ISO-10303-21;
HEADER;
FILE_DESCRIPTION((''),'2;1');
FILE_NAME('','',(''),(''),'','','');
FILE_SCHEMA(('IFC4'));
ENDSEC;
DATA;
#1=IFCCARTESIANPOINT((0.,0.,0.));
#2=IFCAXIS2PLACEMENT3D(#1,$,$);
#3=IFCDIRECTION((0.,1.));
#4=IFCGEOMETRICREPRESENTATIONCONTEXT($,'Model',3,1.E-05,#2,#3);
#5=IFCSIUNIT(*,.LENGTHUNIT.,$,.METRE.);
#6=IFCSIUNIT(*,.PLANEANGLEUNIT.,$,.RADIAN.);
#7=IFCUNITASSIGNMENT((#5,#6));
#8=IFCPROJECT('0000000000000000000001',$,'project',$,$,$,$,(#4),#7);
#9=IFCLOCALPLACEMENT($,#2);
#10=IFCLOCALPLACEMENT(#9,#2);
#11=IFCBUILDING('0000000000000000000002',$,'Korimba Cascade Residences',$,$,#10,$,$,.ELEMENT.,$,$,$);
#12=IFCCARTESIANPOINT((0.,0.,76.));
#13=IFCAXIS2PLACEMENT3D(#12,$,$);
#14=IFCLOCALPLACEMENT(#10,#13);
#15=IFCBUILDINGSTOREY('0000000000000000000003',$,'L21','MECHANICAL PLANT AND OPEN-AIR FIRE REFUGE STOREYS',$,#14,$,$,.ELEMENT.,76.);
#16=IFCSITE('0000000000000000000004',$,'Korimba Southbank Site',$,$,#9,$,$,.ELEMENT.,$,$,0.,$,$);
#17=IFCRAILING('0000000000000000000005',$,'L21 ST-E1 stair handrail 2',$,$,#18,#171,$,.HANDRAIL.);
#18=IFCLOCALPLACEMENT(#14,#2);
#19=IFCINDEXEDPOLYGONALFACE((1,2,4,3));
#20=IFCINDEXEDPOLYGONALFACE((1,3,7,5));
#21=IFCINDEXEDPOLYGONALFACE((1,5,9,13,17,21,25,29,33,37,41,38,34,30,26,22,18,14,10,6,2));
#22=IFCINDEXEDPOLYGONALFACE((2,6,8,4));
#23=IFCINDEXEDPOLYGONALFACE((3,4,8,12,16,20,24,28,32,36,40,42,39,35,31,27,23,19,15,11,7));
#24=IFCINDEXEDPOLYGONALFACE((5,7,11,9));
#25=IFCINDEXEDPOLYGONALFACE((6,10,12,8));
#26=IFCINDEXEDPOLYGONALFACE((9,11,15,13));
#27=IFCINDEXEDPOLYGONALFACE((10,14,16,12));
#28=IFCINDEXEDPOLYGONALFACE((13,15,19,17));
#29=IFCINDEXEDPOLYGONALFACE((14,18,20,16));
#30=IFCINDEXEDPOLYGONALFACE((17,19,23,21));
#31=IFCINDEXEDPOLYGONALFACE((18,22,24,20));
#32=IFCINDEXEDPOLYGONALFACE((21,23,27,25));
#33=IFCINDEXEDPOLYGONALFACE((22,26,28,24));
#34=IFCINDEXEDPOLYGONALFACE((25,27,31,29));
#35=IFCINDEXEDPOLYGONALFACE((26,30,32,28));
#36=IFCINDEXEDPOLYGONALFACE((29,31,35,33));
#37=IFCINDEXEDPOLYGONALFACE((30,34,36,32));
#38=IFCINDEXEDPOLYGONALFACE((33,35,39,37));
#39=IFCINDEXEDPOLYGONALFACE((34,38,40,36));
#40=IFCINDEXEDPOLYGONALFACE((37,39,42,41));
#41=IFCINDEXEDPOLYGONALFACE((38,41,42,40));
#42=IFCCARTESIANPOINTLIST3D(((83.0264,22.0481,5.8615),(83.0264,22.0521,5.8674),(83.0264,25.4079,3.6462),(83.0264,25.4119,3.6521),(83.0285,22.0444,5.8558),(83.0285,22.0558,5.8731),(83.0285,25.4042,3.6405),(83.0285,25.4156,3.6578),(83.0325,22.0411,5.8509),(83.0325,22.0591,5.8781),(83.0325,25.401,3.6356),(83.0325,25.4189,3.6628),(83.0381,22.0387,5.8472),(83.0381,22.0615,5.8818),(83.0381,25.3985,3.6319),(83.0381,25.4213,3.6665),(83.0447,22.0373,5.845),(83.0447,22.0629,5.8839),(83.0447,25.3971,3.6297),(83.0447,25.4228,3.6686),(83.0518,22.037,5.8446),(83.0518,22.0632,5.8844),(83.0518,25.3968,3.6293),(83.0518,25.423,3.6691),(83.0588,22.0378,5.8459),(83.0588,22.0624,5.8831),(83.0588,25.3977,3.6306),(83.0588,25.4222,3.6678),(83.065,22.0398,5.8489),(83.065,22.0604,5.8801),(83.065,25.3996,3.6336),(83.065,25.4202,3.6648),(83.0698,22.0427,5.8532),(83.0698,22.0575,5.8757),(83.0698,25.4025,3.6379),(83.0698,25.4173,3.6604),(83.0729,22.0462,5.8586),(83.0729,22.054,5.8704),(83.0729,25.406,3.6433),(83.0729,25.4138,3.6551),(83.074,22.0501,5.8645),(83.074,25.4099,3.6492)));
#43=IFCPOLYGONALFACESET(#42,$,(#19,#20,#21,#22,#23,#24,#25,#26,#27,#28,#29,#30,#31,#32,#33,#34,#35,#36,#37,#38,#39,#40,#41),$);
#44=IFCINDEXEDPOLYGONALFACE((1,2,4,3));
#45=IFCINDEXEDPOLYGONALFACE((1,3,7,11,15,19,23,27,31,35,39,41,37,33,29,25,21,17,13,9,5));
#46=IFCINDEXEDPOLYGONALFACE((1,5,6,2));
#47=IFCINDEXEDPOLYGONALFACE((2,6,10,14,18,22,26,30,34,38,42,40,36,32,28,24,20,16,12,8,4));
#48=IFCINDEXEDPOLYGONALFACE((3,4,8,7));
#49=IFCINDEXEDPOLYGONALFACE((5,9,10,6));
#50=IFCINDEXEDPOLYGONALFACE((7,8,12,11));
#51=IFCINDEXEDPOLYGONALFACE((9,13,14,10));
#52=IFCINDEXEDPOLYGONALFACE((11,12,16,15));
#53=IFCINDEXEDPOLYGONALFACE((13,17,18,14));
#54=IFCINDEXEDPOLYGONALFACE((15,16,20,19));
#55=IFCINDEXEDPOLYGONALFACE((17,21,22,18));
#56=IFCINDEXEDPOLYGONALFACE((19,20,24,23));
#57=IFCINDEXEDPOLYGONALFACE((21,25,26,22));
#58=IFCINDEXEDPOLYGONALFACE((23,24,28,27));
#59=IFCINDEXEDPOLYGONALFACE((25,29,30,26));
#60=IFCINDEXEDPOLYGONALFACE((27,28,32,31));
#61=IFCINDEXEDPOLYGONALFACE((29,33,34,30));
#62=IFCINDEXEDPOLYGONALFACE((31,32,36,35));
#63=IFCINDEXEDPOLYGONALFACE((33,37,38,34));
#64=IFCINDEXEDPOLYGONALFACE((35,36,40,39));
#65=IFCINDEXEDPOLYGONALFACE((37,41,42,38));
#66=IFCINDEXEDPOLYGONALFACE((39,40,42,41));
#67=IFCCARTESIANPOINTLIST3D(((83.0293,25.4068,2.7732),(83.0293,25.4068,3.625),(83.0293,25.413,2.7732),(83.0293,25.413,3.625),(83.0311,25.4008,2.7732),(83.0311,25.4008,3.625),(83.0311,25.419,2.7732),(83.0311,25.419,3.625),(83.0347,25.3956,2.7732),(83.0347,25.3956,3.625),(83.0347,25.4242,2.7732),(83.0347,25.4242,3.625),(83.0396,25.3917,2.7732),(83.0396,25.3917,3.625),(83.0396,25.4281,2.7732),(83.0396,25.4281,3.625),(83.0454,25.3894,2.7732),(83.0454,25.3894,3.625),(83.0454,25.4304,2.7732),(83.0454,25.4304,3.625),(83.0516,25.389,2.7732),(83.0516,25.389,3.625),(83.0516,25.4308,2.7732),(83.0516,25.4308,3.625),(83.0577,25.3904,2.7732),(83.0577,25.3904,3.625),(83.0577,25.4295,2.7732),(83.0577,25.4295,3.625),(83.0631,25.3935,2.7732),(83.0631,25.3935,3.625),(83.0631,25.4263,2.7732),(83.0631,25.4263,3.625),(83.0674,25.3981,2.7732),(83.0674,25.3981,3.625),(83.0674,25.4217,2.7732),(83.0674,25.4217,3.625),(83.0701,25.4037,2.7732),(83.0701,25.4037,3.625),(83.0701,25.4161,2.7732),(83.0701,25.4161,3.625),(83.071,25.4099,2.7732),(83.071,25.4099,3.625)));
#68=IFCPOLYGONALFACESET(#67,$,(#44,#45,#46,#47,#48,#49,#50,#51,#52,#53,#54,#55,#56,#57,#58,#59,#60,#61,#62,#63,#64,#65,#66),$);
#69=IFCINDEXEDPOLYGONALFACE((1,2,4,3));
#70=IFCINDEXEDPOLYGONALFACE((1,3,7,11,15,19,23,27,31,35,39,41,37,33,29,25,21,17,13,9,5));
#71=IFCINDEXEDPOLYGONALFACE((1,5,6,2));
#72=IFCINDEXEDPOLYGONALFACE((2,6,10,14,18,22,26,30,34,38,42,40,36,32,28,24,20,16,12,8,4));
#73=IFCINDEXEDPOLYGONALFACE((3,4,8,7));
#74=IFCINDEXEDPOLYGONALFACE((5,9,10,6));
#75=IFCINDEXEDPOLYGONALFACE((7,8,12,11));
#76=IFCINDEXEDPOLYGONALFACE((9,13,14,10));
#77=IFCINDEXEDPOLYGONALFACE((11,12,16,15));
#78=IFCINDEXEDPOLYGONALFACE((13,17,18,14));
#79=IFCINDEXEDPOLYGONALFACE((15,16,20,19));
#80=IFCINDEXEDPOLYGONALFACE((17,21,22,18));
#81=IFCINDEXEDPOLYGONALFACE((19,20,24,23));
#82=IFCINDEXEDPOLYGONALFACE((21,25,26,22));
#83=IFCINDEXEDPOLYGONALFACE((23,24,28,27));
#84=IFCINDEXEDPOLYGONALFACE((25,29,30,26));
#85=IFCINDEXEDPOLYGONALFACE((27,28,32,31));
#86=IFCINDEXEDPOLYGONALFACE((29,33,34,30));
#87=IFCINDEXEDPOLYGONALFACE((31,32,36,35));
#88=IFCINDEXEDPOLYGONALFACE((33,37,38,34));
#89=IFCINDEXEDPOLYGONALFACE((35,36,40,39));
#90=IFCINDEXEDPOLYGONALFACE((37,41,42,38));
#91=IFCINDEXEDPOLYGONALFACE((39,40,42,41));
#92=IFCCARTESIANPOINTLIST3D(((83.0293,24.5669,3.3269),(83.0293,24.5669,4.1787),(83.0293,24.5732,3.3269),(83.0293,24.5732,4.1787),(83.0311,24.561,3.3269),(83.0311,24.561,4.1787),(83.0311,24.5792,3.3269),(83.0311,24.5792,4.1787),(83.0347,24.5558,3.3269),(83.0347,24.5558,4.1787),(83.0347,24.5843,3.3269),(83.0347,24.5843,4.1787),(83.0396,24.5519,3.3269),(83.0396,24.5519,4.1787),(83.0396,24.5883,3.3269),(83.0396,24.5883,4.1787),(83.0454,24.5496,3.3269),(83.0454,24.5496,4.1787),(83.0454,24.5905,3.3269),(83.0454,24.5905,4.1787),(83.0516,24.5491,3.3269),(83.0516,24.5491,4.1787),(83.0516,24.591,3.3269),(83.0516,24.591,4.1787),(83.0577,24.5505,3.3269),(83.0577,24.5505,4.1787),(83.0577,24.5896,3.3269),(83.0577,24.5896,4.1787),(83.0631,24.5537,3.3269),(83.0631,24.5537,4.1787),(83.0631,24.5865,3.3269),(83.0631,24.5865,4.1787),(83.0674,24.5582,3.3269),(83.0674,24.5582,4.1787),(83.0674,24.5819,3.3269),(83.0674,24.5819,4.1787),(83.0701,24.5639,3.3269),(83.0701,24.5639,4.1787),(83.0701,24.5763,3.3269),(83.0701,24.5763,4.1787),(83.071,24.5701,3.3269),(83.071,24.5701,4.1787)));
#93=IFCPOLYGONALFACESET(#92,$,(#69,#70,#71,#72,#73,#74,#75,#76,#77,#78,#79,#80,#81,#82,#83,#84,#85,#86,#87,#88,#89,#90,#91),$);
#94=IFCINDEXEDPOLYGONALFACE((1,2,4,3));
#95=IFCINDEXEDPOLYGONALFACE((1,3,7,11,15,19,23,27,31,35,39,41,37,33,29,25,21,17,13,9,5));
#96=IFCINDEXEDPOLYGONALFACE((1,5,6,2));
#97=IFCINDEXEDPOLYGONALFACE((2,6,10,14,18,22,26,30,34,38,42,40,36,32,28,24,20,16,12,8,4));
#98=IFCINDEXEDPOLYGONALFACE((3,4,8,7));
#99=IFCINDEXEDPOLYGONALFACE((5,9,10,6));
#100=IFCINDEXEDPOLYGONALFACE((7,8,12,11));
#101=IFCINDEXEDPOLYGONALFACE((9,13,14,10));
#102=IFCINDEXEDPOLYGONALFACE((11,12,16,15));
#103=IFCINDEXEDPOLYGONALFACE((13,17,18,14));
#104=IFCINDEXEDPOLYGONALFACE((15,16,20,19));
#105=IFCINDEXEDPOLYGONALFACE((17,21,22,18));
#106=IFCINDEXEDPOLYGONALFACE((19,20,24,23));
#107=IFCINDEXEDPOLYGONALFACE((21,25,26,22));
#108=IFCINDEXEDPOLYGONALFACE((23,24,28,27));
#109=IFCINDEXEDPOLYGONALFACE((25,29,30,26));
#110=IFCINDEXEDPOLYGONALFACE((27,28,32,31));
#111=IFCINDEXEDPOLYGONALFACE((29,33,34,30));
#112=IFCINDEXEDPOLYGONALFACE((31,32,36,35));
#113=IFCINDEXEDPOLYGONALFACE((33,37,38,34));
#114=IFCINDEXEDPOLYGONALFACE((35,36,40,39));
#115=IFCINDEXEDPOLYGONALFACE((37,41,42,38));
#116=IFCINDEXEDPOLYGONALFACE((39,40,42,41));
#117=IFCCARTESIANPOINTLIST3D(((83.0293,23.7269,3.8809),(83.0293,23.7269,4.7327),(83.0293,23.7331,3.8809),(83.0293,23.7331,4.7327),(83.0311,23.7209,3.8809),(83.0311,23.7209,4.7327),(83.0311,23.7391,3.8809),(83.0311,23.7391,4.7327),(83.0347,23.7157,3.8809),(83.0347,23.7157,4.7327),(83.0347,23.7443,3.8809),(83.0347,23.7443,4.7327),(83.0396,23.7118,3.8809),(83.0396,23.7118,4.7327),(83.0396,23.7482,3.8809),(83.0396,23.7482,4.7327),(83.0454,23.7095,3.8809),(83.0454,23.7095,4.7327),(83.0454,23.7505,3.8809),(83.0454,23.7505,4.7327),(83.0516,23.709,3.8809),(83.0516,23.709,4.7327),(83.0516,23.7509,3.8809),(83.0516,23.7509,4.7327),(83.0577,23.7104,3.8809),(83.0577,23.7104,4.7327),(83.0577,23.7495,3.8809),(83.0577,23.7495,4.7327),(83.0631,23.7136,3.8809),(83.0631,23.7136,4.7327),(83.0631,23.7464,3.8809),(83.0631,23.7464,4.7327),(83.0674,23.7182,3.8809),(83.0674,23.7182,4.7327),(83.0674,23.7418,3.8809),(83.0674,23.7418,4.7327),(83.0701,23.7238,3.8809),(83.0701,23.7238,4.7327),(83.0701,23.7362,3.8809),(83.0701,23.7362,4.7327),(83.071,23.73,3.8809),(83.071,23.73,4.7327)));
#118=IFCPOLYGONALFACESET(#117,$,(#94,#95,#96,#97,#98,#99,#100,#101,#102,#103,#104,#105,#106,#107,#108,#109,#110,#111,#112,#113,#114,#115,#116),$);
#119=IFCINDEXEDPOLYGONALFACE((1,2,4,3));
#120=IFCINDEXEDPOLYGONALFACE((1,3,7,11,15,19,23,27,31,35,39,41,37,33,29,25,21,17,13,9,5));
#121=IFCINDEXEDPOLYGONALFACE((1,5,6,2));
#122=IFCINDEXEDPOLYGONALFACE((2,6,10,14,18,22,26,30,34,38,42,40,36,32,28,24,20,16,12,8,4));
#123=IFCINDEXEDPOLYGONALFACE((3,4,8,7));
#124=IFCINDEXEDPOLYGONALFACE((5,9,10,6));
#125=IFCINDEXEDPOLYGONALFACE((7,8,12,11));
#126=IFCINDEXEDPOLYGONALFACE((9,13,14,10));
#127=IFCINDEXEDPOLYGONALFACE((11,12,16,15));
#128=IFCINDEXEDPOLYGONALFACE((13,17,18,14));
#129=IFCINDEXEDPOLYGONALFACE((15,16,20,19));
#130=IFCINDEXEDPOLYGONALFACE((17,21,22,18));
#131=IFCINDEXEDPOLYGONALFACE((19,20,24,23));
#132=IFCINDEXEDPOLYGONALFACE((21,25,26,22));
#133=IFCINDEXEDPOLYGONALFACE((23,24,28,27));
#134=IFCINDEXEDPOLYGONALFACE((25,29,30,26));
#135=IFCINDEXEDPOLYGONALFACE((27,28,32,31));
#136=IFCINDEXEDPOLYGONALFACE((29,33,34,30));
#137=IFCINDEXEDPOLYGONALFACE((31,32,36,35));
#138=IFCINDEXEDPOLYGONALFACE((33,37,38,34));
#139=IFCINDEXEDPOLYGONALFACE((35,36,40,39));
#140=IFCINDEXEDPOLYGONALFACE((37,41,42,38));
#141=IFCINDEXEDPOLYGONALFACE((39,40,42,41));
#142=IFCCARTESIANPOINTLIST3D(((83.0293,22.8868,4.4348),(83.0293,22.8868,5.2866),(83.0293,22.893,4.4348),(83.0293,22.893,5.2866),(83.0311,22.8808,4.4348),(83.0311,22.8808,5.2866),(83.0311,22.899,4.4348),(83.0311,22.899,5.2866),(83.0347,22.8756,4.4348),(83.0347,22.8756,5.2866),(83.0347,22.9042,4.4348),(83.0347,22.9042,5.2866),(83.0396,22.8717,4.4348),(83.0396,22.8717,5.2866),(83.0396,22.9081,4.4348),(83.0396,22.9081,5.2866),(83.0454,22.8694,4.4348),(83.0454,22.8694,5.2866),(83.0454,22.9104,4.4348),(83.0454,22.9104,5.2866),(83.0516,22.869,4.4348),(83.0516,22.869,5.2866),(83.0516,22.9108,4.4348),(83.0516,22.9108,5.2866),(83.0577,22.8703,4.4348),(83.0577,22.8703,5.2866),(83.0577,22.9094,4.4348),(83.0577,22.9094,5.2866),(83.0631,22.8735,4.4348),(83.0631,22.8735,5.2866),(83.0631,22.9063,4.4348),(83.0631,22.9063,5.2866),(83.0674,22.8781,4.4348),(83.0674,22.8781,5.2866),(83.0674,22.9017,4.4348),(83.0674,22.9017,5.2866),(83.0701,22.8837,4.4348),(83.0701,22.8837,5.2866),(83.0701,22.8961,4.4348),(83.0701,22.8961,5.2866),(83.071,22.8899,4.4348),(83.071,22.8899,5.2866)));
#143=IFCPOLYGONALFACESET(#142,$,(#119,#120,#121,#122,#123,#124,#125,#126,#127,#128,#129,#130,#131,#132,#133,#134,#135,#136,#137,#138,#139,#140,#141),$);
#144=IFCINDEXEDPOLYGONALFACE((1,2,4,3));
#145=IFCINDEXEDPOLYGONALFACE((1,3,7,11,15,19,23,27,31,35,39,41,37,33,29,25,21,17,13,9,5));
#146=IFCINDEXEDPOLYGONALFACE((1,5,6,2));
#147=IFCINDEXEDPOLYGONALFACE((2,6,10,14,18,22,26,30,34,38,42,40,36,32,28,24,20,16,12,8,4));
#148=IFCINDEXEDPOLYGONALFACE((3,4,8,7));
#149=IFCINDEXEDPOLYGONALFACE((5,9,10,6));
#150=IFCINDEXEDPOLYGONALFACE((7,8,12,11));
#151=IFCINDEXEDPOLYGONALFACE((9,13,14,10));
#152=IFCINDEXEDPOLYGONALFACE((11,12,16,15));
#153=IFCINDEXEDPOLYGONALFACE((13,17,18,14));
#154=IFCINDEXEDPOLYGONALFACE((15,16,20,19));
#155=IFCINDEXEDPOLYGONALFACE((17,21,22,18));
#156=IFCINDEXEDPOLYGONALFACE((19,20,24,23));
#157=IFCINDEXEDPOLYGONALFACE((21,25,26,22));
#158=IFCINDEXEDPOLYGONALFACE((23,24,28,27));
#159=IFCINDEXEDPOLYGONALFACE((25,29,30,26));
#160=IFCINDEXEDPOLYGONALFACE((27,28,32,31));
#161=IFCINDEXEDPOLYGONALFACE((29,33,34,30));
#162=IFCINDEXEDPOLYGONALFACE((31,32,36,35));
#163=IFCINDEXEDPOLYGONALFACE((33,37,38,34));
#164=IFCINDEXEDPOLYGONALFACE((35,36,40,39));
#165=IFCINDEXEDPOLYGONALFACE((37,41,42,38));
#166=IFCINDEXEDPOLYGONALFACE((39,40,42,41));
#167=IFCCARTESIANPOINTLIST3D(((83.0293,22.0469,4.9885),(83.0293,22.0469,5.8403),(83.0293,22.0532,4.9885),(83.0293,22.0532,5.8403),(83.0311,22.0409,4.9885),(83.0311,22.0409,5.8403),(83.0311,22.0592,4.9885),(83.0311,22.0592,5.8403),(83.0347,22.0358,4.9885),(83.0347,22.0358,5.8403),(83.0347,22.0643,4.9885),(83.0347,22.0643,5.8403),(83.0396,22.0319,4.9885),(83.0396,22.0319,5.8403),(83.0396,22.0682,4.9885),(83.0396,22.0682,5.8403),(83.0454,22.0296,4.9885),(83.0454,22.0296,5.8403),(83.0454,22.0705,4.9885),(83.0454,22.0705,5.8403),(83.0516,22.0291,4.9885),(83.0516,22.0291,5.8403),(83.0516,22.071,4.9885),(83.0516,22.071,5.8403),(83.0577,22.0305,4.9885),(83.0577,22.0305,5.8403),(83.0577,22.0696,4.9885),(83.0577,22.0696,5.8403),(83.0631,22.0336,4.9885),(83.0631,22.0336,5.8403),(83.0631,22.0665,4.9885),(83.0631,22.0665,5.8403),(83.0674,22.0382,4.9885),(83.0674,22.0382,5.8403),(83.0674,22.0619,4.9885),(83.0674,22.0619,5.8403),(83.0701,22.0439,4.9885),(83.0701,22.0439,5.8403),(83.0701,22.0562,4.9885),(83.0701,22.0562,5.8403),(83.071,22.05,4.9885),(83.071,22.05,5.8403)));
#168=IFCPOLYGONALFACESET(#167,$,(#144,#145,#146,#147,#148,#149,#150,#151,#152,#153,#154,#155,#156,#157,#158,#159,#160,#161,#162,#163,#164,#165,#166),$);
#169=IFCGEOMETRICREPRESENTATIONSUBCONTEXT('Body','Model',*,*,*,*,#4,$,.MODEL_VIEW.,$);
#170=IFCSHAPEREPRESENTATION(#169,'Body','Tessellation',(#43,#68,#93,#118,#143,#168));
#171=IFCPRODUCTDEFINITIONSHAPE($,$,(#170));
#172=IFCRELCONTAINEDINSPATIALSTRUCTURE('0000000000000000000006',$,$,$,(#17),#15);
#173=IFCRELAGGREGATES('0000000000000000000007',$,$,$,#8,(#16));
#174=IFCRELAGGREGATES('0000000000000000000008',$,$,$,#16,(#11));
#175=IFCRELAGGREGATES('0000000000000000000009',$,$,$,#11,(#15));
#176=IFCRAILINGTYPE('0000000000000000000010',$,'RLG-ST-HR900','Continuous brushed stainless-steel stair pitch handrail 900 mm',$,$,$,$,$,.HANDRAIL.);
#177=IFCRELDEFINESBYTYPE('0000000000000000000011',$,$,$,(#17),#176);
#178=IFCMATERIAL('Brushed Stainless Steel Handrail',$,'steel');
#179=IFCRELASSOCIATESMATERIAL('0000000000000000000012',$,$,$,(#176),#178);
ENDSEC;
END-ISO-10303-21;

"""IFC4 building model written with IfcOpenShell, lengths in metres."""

from ifc_helpers import new_model, si_unit, direction, frame, origin, origin_2d, place, context, subcontext, project, spatial, circle, extrude, material, type_object, element, save


model = new_model("IFC4")

# Units and contexts
model_context = context("Model", 3, precision=1e-05, world=origin(), true_north=direction((0.0, 1.0)))
body_context = subcontext(model_context, "Body", "Model", "MODEL_VIEW")
ifc_project = project(units=[si_unit("LENGTHUNIT", "METRE"), si_unit("PLANEANGLEUNIT", "RADIAN")], contexts=[model_context])

# Site, building, storey
site_placement = place(None, origin())
site = spatial("IfcSite", under=ifc_project, at=site_placement, Name="Korimba Southbank Site", CompositionType="ELEMENT", RefElevation=0.0)
building_placement = place(site_placement, origin())
building = spatial("IfcBuilding", under=site, at=building_placement, Name="Korimba Cascade Residences", CompositionType="ELEMENT")
storey_placement = place(building_placement, frame((0.0, 0.0, 76.0)))
storey = spatial("IfcBuildingStorey", under=building, at=storey_placement, Name="L21", Description="MECHANICAL PLANT AND OPEN-AIR FIRE REFUGE STOREYS", CompositionType="ELEMENT", Elevation=76.0)

# Railing
ifc_material_1 = material(Name="Brushed Stainless Steel Handrail", Category="steel")
railing_type_1 = type_object("IfcRailingType", Name="RLG-ST-HR900", Description="Continuous brushed stainless-steel stair pitch handrail 900 mm", PredefinedType="HANDRAIL", material=ifc_material_1)
railing_1_placement = place(storey_placement, frame((83.05, 25.4099, 2.7732)))
element("IfcRailing", 1, at=railing_1_placement, inside=storey, type_object=railing_type_1, Name="L21 ST-E1 stair handrail 2", PredefinedType="HANDRAIL", context=body_context, shape_type="SweptSolid", body=[
    extrude(circle(Radius=0.0239, at=origin_2d()), frame((0.0, 0.0, 0.876), z_axis=(0.0, -0.834858, 0.550465), x_axis=(1.0, 0.0, 0.0)), (0.0, 0.0, 1.0), 4.0244),
    extrude(circle(Radius=0.021, at=origin_2d()), origin(), (0.0, 0.0, 1.0), 0.8518),
    extrude(circle(Radius=0.021, at=origin_2d()), frame((0.0, -0.8398, 0.5537)), (0.0, 0.0, 1.0), 0.8518),
    extrude(circle(Radius=0.021, at=origin_2d()), frame((0.0, -1.6799, 1.1077)), (0.0, 0.0, 1.0), 0.8518),
    extrude(circle(Radius=0.021, at=origin_2d()), frame((0.0, -2.52, 1.6616)), (0.0, 0.0, 1.0), 0.8518),
    extrude(circle(Radius=0.021, at=origin_2d()), frame((0.0, -3.3599, 2.2153)), (0.0, 0.0, 1.0), 0.8518),
])

save(model, "model.ifc")
